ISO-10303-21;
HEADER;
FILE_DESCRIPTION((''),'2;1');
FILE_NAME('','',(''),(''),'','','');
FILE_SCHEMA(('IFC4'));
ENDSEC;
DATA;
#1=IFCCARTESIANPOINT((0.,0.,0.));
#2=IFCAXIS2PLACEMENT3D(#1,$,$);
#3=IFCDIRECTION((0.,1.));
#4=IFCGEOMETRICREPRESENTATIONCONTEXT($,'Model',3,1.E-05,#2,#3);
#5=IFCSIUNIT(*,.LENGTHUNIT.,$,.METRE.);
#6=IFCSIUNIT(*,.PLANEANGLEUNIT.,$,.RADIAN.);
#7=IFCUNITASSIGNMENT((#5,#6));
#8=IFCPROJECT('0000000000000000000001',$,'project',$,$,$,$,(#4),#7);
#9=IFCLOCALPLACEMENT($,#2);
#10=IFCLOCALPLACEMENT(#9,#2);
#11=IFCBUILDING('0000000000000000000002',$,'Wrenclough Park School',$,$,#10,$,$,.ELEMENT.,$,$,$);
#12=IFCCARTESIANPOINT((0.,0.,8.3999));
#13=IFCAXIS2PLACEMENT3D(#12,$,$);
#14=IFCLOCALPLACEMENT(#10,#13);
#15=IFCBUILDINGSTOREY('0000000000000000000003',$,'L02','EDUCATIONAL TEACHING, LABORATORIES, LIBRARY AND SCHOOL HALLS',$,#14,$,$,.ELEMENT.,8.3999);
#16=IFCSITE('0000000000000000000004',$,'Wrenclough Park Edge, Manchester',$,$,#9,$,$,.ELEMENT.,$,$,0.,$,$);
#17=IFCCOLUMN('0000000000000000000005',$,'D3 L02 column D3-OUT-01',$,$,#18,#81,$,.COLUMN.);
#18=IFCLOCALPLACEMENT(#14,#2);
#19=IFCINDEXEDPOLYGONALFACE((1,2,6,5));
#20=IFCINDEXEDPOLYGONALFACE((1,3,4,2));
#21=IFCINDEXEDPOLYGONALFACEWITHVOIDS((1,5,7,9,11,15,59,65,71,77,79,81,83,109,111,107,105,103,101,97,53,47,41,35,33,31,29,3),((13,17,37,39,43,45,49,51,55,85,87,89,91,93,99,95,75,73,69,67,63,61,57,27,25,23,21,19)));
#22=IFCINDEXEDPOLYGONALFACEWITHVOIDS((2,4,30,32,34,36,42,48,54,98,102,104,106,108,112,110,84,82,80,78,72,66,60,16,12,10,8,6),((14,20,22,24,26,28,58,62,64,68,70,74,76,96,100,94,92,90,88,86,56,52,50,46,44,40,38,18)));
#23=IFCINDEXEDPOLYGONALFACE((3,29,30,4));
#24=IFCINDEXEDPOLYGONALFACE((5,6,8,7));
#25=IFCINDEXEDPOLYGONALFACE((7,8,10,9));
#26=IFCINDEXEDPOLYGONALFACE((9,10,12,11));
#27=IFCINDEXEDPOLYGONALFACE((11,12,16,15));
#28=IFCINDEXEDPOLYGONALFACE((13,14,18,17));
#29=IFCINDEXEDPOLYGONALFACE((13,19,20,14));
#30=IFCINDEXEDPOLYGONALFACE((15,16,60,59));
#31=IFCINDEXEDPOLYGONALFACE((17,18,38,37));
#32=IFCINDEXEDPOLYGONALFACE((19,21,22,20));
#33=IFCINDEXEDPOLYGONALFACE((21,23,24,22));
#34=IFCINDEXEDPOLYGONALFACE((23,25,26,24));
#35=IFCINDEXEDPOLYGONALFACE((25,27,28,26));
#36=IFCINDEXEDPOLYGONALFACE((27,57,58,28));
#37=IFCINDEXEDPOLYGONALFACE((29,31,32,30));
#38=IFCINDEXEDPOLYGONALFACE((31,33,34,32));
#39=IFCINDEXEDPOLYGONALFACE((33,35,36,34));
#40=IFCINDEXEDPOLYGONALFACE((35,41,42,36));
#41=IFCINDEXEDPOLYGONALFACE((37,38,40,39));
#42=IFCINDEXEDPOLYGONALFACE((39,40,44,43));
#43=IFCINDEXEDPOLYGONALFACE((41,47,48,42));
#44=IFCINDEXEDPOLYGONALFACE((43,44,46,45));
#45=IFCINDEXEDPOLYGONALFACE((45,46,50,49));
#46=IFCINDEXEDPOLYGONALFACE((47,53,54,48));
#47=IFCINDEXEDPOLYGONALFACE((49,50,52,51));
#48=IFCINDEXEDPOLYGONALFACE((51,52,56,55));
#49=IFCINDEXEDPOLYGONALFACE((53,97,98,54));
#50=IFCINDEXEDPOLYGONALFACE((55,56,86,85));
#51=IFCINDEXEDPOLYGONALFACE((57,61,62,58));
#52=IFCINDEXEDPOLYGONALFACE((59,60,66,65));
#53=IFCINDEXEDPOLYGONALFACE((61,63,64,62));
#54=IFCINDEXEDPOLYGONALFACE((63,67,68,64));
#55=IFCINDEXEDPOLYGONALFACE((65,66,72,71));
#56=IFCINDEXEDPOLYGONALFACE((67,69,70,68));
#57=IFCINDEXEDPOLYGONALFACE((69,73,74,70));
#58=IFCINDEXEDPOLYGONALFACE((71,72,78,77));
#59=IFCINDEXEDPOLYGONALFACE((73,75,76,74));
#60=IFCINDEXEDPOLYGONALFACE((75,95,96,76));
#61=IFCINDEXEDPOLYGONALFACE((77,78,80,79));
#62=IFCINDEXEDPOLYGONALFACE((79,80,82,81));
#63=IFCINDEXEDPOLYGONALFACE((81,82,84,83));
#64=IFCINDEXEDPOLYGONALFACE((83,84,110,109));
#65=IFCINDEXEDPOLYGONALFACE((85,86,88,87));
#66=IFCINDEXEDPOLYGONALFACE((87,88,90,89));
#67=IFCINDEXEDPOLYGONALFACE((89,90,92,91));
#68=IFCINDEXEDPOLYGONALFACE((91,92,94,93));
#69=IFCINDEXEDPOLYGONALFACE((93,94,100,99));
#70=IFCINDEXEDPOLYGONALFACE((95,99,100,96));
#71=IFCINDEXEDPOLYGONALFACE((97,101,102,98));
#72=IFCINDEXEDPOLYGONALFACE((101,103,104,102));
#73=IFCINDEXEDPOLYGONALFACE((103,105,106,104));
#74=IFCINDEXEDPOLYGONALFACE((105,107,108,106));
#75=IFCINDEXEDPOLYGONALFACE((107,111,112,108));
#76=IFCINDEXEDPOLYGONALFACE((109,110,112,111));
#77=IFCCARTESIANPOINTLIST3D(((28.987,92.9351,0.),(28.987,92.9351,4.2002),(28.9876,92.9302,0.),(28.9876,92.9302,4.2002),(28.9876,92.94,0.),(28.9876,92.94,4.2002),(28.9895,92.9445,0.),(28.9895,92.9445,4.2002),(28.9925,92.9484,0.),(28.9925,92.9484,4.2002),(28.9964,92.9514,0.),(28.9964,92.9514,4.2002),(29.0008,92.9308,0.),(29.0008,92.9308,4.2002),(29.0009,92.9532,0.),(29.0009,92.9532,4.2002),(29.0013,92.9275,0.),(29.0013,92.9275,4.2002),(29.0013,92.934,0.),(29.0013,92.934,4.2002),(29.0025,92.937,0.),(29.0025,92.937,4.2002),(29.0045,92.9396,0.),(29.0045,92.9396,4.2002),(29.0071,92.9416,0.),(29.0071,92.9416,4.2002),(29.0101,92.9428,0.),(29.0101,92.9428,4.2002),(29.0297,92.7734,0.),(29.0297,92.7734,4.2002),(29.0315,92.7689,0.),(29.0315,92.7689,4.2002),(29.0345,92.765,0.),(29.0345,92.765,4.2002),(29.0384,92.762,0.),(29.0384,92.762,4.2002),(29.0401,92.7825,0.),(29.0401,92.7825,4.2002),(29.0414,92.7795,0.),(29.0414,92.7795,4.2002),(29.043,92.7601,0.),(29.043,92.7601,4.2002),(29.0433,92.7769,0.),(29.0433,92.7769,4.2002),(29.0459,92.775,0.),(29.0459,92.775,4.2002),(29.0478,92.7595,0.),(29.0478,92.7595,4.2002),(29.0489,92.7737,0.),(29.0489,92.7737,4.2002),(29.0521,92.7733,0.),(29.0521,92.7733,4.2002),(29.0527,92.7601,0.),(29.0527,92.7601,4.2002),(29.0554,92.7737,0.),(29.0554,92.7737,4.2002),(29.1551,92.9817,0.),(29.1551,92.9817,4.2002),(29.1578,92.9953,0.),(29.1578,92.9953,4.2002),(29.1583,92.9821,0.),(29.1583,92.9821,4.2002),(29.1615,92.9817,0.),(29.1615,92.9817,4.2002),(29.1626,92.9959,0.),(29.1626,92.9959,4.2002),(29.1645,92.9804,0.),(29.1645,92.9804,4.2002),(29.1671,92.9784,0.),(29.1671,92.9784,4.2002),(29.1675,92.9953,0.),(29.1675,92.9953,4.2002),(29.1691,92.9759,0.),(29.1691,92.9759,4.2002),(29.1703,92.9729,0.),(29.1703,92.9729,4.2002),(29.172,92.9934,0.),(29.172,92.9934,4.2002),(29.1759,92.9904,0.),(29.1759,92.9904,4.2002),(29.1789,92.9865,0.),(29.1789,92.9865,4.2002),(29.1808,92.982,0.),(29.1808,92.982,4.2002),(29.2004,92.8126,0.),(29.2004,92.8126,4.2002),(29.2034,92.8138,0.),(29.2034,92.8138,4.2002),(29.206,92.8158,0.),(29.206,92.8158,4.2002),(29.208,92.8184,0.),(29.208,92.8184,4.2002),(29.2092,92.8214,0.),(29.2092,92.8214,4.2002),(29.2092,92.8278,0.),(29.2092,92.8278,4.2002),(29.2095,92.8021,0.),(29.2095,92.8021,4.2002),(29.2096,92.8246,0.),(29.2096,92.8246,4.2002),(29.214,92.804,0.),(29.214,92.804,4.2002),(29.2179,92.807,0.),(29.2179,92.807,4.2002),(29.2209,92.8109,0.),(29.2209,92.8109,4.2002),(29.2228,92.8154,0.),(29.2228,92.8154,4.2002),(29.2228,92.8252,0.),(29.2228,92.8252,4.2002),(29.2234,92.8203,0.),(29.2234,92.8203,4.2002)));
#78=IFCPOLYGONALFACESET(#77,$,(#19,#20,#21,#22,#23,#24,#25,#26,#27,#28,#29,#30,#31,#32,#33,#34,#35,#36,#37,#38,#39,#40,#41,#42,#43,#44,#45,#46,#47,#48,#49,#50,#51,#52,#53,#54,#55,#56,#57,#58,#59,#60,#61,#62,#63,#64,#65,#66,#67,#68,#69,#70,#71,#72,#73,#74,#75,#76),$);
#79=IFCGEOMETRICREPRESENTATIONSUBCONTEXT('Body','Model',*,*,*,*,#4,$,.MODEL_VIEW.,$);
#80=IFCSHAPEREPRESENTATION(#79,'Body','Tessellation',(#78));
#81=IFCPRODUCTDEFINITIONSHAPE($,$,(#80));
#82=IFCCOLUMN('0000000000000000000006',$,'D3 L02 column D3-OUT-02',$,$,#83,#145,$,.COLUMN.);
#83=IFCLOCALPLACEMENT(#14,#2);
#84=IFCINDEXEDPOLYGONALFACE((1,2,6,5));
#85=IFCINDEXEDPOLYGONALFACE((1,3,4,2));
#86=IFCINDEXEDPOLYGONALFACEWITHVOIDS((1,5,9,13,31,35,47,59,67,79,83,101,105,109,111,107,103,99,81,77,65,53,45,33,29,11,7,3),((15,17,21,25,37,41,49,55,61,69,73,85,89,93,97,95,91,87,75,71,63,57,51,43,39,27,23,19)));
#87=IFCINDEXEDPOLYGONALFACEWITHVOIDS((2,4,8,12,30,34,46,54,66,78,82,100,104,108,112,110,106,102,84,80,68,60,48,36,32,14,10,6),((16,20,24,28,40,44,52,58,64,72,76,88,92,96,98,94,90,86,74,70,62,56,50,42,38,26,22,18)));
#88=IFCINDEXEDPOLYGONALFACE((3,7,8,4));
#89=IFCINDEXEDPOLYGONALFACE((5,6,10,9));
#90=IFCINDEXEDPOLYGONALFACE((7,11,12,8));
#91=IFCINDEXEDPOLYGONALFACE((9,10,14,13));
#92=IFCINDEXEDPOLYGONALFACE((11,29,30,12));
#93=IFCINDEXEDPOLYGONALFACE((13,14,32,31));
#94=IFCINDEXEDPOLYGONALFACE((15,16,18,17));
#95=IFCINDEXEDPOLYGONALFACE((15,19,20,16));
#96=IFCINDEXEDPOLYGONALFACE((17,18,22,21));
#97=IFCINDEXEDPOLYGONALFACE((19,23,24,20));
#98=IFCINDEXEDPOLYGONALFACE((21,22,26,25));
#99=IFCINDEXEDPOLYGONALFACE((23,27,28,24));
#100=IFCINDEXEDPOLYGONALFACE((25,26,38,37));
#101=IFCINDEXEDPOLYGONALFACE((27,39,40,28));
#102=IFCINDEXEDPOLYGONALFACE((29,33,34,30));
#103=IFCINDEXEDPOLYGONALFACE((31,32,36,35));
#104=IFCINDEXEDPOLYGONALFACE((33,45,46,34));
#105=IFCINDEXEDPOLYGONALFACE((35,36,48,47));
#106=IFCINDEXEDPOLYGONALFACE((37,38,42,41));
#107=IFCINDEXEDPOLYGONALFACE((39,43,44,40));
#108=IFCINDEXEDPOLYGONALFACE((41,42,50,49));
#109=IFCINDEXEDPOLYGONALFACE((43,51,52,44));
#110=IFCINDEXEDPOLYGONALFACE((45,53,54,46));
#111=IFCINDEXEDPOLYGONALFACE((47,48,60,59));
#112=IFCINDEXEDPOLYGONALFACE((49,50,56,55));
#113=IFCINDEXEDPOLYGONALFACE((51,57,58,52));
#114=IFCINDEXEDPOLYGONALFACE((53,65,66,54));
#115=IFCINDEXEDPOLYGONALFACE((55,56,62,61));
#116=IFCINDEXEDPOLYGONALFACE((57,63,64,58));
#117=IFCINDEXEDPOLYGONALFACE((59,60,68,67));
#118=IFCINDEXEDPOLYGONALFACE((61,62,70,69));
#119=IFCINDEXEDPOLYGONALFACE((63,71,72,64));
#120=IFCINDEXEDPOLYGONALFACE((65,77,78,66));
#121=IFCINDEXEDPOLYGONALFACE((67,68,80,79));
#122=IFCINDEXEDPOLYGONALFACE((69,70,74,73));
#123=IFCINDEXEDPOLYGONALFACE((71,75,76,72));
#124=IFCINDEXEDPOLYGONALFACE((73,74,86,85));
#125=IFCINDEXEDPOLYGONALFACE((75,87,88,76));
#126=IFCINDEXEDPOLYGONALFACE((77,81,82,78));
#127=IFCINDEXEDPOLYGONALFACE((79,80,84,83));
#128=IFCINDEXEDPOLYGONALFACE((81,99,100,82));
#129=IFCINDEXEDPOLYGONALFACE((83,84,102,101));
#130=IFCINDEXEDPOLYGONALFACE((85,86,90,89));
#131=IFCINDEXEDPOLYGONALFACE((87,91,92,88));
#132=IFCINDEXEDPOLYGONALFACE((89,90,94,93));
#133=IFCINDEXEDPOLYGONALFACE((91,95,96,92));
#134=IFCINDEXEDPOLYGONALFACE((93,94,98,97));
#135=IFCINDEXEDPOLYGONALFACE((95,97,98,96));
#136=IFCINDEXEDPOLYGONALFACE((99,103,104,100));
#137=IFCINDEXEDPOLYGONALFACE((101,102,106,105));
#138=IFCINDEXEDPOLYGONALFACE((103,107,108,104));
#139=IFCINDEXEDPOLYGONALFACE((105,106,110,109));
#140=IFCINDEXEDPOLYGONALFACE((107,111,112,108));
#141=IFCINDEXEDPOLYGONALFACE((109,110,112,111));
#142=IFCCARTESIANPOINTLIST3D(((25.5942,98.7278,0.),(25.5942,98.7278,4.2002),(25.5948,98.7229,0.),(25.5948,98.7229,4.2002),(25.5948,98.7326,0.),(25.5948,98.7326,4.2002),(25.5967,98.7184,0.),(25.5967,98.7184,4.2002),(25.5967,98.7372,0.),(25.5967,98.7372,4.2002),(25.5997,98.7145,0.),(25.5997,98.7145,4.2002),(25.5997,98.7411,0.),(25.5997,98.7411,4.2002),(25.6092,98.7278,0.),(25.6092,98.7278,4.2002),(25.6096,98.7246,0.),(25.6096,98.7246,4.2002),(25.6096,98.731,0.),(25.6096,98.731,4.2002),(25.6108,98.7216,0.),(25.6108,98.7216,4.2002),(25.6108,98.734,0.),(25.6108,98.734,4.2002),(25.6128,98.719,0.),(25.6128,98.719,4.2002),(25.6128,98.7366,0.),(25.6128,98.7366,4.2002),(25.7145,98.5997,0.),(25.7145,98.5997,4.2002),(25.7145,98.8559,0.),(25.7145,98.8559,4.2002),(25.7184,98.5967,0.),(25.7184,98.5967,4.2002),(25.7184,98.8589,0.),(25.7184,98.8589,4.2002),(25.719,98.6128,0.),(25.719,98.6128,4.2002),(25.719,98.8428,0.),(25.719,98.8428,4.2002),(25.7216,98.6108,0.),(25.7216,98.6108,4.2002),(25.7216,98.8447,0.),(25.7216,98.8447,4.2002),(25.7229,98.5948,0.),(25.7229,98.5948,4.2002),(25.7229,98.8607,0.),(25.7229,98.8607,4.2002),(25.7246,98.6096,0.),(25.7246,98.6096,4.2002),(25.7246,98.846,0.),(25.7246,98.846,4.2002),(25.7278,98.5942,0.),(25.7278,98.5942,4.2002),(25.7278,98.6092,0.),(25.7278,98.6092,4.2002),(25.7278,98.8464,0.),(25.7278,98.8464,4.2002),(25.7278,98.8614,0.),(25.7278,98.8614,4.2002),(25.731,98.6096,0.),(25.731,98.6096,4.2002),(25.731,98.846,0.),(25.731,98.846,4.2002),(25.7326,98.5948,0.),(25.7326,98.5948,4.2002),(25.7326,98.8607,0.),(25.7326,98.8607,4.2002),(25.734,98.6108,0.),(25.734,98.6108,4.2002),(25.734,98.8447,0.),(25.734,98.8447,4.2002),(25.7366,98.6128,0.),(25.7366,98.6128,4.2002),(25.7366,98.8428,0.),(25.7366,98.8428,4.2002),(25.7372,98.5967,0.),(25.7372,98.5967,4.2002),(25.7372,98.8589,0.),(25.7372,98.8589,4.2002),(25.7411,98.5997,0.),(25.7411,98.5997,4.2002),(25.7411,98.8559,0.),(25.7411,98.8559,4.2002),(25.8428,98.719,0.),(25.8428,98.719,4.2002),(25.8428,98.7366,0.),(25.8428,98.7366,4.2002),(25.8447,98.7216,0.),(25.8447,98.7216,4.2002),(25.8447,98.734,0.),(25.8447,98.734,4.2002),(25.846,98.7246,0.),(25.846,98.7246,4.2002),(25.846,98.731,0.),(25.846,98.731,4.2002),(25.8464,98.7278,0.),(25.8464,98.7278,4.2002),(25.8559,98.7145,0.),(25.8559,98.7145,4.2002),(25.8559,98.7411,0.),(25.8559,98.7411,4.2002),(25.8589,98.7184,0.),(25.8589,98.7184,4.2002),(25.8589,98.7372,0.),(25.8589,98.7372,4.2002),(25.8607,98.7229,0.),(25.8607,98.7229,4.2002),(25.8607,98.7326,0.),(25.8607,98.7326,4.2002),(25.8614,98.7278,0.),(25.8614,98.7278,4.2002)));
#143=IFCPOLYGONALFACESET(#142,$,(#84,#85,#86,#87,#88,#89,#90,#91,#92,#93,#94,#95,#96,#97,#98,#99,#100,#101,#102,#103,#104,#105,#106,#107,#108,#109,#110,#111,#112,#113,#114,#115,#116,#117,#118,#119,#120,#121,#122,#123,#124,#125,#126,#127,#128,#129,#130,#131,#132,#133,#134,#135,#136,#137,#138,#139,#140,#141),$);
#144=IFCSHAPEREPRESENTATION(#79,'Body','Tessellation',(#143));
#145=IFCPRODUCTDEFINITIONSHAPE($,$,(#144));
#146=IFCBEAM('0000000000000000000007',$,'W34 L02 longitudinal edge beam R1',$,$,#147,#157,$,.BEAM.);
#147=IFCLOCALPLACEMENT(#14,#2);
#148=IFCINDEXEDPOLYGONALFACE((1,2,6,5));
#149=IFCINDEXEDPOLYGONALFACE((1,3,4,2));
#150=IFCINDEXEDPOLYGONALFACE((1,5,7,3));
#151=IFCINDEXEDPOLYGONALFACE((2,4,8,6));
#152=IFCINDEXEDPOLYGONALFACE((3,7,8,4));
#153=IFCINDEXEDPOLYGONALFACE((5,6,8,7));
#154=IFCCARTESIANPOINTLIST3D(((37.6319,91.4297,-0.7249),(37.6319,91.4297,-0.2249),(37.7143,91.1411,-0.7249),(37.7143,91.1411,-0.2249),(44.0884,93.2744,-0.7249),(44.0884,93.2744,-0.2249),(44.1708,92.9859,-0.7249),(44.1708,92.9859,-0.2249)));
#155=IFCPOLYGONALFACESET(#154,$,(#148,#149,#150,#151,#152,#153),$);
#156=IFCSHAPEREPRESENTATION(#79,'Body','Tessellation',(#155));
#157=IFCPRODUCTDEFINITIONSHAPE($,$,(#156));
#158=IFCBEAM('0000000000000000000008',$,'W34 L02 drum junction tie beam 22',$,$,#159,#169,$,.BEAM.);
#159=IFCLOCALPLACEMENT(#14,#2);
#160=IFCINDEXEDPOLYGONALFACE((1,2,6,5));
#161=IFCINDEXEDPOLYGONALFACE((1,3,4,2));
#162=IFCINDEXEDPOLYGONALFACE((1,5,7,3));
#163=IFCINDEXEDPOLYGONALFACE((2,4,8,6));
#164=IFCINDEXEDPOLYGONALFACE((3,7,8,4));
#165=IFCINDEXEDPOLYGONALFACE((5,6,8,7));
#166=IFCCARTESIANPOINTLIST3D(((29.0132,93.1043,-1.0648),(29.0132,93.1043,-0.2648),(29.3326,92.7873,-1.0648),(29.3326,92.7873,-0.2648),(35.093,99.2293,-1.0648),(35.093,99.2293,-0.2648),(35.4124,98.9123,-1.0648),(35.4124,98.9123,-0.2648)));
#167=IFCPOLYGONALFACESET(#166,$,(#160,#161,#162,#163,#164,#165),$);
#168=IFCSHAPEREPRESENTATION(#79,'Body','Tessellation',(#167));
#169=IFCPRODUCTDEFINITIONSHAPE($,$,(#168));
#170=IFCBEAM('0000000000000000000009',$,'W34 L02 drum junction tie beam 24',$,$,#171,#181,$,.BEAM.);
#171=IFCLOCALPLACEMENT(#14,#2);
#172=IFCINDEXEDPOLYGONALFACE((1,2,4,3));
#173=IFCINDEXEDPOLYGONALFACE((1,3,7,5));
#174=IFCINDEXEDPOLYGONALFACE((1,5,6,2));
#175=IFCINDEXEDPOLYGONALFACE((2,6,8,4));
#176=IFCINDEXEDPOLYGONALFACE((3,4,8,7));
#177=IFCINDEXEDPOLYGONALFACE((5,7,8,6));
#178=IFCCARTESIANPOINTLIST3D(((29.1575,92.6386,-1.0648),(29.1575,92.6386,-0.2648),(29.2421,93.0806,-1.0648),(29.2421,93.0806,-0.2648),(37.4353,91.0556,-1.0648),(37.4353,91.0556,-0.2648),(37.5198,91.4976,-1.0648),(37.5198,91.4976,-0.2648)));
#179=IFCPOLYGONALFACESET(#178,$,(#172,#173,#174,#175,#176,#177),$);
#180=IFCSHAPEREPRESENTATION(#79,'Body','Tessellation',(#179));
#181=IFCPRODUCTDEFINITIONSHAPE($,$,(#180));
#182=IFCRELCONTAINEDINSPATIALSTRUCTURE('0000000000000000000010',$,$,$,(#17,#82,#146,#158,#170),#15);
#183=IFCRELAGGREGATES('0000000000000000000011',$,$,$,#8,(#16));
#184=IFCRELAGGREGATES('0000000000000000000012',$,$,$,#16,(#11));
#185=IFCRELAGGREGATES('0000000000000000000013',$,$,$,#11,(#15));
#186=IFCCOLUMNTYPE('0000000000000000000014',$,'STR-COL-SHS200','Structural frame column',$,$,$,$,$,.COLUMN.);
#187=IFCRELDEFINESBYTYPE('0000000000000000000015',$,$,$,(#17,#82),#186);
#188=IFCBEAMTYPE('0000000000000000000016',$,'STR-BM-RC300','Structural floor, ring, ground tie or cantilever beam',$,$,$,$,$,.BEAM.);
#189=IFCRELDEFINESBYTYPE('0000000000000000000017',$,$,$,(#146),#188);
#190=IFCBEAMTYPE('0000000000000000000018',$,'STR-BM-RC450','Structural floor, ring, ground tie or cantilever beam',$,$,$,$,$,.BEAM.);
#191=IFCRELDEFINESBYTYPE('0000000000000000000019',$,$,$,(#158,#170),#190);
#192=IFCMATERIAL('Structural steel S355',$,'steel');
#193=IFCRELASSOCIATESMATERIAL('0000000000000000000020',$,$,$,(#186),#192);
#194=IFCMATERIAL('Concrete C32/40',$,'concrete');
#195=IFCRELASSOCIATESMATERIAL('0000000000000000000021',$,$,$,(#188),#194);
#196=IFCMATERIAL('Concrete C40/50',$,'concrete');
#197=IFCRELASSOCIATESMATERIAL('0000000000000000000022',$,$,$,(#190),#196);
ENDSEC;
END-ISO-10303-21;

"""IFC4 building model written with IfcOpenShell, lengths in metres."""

from ifc_helpers import new_model, si_unit, direction, frame, origin, origin_2d, place, context, subcontext, project, spatial, rectangle, hollow_rectangle, extrude, material, material_profile, profile_set, type_object, element, save


model = new_model("IFC4")

# Units and contexts
model_context = context("Model", 3, precision=1e-05, world=origin(), true_north=direction((0.0, 1.0)))
body_context = subcontext(model_context, "Body", "Model", "MODEL_VIEW")
ifc_project = project(units=[si_unit("LENGTHUNIT", "METRE"), si_unit("PLANEANGLEUNIT", "RADIAN")], contexts=[model_context])

# Site, building, storey
site_placement = place(None, origin())
site = spatial("IfcSite", under=ifc_project, at=site_placement, Name="Wrenclough Park Edge, Manchester", CompositionType="ELEMENT", RefElevation=0.0)
building_placement = place(site_placement, origin())
building = spatial("IfcBuilding", under=site, at=building_placement, Name="Wrenclough Park School", CompositionType="ELEMENT")
storey_placement = place(building_placement, frame((0.0, 0.0, 8.3999)))
storey = spatial("IfcBuildingStorey", under=building, at=storey_placement, Name="L02", Description="EDUCATIONAL TEACHING, LABORATORIES, LIBRARY AND SCHOOL HALLS", CompositionType="ELEMENT", Elevation=8.3999)

# Columns
ifc_material_1 = material(Name="Structural steel S355", Category="steel")
ifc_material_profile_1 = material_profile(ifc_material_1, hollow_rectangle(XDim=0.2, YDim=0.2, WallThickness=0.0125, InnerFilletRadius=0.0125, OuterFilletRadius=0.0188, at=origin_2d()), Name="SHS 200x200x12.5")
ifc_profile_set_1 = profile_set([ifc_material_profile_1], Name="Structural steel S355")
column_type = type_object("IfcColumnType", Name="STR-COL-SHS200", Description="Structural frame column", PredefinedType="COLUMN", material=ifc_profile_set_1)
for number, where, z_axis, x_axis, name in (
    (1, (29.1052, 92.8777, 0.0), (0.0, 0.0, 1.0), (-0.258819, 0.965926, 0.0), "D3 L02 column D3-OUT-01"),
    (2, (25.7278, 98.7278, 0.0), (0.0, 0.0, 1.0), (-0.707107, 0.707107, 0.0), "D3 L02 column D3-OUT-02"),
):
    element("IfcColumn", number, at=place(storey_placement, frame(where, z_axis=z_axis, x_axis=x_axis)), inside=storey, type_object=column_type, Name=name, PredefinedType="COLUMN", context=body_context, shape_type="SweptSolid", body=[
        extrude(hollow_rectangle(XDim=0.2, YDim=0.2, WallThickness=0.0125, InnerFilletRadius=0.0125, OuterFilletRadius=0.0188, at=origin_2d()), origin(), (0.0, 0.0, 1.0), 4.2002),
    ])

# Beams
ifc_material_2 = material(Name="Concrete C32/40", Category="concrete")
ifc_material_profile_2 = material_profile(ifc_material_2, rectangle(XDim=0.3, YDim=0.5, at=origin_2d()), Name="RC BEAM 300x500")
ifc_profile_set_2 = profile_set([ifc_material_profile_2], Name="Concrete C32/40")
beam_type_1 = type_object("IfcBeamType", Name="STR-BM-RC300", Description="Structural floor, ring, ground tie or cantilever beam", PredefinedType="BEAM", material=ifc_profile_set_2)
beam_1_placement = place(storey_placement, frame((37.6731, 91.2854, -0.4749), z_axis=(0.961524, 0.274721, 0.0), x_axis=(-0.274721, 0.961524, 0.0)))
element("IfcBeam", 3, at=beam_1_placement, inside=storey, type_object=beam_type_1, Name="W34 L02 longitudinal edge beam R1", PredefinedType="BEAM", context=body_context, shape_type="SweptSolid", body=[
    extrude(rectangle(XDim=0.3, YDim=0.5, at=origin_2d()), origin(), (0.0, 0.0, 1.0), 6.7148),
])
ifc_material_3 = material(Name="Concrete C40/50", Category="concrete")
ifc_material_profile_3 = material_profile(ifc_material_3, rectangle(XDim=0.45, YDim=0.8, at=origin_2d()), Name="RC BEAM 450x800")
ifc_profile_set_3 = profile_set([ifc_material_profile_3], Name="Concrete C40/50")
beam_type_2 = type_object("IfcBeamType", Name="STR-BM-RC450", Description="Structural floor, ring, ground tie or cantilever beam", PredefinedType="BEAM", material=ifc_profile_set_3)
beam_2_placement = place(storey_placement, frame((35.2527, 99.0708, -0.6648), z_axis=(-0.704485, -0.709719, 0.0), x_axis=(0.709719, -0.704485, 0.0)))
element("IfcBeam", 4, at=beam_2_placement, inside=storey, type_object=beam_type_2, Name="W34 L02 drum junction tie beam 22", PredefinedType="BEAM", context=body_context, shape_type="SweptSolid", body=[
    extrude(rectangle(XDim=0.45, YDim=0.8, at=origin_2d()), origin(), (0.0, 0.0, 1.0), 8.6301),
])
beam_3_placement = place(storey_placement, frame((37.4775, 91.2766, -0.6648), z_axis=(-0.982201, 0.187831, 0.0), x_axis=(-0.187831, -0.982201, 0.0)))
element("IfcBeam", 5, at=beam_3_placement, inside=storey, type_object=beam_type_2, Name="W34 L02 drum junction tie beam 24", PredefinedType="BEAM", context=body_context, shape_type="SweptSolid", body=[
    extrude(rectangle(XDim=0.45, YDim=0.8, at=origin_2d()), origin(), (0.0, 0.0, 1.0), 8.4277),
])

save(model, "model.ifc")
